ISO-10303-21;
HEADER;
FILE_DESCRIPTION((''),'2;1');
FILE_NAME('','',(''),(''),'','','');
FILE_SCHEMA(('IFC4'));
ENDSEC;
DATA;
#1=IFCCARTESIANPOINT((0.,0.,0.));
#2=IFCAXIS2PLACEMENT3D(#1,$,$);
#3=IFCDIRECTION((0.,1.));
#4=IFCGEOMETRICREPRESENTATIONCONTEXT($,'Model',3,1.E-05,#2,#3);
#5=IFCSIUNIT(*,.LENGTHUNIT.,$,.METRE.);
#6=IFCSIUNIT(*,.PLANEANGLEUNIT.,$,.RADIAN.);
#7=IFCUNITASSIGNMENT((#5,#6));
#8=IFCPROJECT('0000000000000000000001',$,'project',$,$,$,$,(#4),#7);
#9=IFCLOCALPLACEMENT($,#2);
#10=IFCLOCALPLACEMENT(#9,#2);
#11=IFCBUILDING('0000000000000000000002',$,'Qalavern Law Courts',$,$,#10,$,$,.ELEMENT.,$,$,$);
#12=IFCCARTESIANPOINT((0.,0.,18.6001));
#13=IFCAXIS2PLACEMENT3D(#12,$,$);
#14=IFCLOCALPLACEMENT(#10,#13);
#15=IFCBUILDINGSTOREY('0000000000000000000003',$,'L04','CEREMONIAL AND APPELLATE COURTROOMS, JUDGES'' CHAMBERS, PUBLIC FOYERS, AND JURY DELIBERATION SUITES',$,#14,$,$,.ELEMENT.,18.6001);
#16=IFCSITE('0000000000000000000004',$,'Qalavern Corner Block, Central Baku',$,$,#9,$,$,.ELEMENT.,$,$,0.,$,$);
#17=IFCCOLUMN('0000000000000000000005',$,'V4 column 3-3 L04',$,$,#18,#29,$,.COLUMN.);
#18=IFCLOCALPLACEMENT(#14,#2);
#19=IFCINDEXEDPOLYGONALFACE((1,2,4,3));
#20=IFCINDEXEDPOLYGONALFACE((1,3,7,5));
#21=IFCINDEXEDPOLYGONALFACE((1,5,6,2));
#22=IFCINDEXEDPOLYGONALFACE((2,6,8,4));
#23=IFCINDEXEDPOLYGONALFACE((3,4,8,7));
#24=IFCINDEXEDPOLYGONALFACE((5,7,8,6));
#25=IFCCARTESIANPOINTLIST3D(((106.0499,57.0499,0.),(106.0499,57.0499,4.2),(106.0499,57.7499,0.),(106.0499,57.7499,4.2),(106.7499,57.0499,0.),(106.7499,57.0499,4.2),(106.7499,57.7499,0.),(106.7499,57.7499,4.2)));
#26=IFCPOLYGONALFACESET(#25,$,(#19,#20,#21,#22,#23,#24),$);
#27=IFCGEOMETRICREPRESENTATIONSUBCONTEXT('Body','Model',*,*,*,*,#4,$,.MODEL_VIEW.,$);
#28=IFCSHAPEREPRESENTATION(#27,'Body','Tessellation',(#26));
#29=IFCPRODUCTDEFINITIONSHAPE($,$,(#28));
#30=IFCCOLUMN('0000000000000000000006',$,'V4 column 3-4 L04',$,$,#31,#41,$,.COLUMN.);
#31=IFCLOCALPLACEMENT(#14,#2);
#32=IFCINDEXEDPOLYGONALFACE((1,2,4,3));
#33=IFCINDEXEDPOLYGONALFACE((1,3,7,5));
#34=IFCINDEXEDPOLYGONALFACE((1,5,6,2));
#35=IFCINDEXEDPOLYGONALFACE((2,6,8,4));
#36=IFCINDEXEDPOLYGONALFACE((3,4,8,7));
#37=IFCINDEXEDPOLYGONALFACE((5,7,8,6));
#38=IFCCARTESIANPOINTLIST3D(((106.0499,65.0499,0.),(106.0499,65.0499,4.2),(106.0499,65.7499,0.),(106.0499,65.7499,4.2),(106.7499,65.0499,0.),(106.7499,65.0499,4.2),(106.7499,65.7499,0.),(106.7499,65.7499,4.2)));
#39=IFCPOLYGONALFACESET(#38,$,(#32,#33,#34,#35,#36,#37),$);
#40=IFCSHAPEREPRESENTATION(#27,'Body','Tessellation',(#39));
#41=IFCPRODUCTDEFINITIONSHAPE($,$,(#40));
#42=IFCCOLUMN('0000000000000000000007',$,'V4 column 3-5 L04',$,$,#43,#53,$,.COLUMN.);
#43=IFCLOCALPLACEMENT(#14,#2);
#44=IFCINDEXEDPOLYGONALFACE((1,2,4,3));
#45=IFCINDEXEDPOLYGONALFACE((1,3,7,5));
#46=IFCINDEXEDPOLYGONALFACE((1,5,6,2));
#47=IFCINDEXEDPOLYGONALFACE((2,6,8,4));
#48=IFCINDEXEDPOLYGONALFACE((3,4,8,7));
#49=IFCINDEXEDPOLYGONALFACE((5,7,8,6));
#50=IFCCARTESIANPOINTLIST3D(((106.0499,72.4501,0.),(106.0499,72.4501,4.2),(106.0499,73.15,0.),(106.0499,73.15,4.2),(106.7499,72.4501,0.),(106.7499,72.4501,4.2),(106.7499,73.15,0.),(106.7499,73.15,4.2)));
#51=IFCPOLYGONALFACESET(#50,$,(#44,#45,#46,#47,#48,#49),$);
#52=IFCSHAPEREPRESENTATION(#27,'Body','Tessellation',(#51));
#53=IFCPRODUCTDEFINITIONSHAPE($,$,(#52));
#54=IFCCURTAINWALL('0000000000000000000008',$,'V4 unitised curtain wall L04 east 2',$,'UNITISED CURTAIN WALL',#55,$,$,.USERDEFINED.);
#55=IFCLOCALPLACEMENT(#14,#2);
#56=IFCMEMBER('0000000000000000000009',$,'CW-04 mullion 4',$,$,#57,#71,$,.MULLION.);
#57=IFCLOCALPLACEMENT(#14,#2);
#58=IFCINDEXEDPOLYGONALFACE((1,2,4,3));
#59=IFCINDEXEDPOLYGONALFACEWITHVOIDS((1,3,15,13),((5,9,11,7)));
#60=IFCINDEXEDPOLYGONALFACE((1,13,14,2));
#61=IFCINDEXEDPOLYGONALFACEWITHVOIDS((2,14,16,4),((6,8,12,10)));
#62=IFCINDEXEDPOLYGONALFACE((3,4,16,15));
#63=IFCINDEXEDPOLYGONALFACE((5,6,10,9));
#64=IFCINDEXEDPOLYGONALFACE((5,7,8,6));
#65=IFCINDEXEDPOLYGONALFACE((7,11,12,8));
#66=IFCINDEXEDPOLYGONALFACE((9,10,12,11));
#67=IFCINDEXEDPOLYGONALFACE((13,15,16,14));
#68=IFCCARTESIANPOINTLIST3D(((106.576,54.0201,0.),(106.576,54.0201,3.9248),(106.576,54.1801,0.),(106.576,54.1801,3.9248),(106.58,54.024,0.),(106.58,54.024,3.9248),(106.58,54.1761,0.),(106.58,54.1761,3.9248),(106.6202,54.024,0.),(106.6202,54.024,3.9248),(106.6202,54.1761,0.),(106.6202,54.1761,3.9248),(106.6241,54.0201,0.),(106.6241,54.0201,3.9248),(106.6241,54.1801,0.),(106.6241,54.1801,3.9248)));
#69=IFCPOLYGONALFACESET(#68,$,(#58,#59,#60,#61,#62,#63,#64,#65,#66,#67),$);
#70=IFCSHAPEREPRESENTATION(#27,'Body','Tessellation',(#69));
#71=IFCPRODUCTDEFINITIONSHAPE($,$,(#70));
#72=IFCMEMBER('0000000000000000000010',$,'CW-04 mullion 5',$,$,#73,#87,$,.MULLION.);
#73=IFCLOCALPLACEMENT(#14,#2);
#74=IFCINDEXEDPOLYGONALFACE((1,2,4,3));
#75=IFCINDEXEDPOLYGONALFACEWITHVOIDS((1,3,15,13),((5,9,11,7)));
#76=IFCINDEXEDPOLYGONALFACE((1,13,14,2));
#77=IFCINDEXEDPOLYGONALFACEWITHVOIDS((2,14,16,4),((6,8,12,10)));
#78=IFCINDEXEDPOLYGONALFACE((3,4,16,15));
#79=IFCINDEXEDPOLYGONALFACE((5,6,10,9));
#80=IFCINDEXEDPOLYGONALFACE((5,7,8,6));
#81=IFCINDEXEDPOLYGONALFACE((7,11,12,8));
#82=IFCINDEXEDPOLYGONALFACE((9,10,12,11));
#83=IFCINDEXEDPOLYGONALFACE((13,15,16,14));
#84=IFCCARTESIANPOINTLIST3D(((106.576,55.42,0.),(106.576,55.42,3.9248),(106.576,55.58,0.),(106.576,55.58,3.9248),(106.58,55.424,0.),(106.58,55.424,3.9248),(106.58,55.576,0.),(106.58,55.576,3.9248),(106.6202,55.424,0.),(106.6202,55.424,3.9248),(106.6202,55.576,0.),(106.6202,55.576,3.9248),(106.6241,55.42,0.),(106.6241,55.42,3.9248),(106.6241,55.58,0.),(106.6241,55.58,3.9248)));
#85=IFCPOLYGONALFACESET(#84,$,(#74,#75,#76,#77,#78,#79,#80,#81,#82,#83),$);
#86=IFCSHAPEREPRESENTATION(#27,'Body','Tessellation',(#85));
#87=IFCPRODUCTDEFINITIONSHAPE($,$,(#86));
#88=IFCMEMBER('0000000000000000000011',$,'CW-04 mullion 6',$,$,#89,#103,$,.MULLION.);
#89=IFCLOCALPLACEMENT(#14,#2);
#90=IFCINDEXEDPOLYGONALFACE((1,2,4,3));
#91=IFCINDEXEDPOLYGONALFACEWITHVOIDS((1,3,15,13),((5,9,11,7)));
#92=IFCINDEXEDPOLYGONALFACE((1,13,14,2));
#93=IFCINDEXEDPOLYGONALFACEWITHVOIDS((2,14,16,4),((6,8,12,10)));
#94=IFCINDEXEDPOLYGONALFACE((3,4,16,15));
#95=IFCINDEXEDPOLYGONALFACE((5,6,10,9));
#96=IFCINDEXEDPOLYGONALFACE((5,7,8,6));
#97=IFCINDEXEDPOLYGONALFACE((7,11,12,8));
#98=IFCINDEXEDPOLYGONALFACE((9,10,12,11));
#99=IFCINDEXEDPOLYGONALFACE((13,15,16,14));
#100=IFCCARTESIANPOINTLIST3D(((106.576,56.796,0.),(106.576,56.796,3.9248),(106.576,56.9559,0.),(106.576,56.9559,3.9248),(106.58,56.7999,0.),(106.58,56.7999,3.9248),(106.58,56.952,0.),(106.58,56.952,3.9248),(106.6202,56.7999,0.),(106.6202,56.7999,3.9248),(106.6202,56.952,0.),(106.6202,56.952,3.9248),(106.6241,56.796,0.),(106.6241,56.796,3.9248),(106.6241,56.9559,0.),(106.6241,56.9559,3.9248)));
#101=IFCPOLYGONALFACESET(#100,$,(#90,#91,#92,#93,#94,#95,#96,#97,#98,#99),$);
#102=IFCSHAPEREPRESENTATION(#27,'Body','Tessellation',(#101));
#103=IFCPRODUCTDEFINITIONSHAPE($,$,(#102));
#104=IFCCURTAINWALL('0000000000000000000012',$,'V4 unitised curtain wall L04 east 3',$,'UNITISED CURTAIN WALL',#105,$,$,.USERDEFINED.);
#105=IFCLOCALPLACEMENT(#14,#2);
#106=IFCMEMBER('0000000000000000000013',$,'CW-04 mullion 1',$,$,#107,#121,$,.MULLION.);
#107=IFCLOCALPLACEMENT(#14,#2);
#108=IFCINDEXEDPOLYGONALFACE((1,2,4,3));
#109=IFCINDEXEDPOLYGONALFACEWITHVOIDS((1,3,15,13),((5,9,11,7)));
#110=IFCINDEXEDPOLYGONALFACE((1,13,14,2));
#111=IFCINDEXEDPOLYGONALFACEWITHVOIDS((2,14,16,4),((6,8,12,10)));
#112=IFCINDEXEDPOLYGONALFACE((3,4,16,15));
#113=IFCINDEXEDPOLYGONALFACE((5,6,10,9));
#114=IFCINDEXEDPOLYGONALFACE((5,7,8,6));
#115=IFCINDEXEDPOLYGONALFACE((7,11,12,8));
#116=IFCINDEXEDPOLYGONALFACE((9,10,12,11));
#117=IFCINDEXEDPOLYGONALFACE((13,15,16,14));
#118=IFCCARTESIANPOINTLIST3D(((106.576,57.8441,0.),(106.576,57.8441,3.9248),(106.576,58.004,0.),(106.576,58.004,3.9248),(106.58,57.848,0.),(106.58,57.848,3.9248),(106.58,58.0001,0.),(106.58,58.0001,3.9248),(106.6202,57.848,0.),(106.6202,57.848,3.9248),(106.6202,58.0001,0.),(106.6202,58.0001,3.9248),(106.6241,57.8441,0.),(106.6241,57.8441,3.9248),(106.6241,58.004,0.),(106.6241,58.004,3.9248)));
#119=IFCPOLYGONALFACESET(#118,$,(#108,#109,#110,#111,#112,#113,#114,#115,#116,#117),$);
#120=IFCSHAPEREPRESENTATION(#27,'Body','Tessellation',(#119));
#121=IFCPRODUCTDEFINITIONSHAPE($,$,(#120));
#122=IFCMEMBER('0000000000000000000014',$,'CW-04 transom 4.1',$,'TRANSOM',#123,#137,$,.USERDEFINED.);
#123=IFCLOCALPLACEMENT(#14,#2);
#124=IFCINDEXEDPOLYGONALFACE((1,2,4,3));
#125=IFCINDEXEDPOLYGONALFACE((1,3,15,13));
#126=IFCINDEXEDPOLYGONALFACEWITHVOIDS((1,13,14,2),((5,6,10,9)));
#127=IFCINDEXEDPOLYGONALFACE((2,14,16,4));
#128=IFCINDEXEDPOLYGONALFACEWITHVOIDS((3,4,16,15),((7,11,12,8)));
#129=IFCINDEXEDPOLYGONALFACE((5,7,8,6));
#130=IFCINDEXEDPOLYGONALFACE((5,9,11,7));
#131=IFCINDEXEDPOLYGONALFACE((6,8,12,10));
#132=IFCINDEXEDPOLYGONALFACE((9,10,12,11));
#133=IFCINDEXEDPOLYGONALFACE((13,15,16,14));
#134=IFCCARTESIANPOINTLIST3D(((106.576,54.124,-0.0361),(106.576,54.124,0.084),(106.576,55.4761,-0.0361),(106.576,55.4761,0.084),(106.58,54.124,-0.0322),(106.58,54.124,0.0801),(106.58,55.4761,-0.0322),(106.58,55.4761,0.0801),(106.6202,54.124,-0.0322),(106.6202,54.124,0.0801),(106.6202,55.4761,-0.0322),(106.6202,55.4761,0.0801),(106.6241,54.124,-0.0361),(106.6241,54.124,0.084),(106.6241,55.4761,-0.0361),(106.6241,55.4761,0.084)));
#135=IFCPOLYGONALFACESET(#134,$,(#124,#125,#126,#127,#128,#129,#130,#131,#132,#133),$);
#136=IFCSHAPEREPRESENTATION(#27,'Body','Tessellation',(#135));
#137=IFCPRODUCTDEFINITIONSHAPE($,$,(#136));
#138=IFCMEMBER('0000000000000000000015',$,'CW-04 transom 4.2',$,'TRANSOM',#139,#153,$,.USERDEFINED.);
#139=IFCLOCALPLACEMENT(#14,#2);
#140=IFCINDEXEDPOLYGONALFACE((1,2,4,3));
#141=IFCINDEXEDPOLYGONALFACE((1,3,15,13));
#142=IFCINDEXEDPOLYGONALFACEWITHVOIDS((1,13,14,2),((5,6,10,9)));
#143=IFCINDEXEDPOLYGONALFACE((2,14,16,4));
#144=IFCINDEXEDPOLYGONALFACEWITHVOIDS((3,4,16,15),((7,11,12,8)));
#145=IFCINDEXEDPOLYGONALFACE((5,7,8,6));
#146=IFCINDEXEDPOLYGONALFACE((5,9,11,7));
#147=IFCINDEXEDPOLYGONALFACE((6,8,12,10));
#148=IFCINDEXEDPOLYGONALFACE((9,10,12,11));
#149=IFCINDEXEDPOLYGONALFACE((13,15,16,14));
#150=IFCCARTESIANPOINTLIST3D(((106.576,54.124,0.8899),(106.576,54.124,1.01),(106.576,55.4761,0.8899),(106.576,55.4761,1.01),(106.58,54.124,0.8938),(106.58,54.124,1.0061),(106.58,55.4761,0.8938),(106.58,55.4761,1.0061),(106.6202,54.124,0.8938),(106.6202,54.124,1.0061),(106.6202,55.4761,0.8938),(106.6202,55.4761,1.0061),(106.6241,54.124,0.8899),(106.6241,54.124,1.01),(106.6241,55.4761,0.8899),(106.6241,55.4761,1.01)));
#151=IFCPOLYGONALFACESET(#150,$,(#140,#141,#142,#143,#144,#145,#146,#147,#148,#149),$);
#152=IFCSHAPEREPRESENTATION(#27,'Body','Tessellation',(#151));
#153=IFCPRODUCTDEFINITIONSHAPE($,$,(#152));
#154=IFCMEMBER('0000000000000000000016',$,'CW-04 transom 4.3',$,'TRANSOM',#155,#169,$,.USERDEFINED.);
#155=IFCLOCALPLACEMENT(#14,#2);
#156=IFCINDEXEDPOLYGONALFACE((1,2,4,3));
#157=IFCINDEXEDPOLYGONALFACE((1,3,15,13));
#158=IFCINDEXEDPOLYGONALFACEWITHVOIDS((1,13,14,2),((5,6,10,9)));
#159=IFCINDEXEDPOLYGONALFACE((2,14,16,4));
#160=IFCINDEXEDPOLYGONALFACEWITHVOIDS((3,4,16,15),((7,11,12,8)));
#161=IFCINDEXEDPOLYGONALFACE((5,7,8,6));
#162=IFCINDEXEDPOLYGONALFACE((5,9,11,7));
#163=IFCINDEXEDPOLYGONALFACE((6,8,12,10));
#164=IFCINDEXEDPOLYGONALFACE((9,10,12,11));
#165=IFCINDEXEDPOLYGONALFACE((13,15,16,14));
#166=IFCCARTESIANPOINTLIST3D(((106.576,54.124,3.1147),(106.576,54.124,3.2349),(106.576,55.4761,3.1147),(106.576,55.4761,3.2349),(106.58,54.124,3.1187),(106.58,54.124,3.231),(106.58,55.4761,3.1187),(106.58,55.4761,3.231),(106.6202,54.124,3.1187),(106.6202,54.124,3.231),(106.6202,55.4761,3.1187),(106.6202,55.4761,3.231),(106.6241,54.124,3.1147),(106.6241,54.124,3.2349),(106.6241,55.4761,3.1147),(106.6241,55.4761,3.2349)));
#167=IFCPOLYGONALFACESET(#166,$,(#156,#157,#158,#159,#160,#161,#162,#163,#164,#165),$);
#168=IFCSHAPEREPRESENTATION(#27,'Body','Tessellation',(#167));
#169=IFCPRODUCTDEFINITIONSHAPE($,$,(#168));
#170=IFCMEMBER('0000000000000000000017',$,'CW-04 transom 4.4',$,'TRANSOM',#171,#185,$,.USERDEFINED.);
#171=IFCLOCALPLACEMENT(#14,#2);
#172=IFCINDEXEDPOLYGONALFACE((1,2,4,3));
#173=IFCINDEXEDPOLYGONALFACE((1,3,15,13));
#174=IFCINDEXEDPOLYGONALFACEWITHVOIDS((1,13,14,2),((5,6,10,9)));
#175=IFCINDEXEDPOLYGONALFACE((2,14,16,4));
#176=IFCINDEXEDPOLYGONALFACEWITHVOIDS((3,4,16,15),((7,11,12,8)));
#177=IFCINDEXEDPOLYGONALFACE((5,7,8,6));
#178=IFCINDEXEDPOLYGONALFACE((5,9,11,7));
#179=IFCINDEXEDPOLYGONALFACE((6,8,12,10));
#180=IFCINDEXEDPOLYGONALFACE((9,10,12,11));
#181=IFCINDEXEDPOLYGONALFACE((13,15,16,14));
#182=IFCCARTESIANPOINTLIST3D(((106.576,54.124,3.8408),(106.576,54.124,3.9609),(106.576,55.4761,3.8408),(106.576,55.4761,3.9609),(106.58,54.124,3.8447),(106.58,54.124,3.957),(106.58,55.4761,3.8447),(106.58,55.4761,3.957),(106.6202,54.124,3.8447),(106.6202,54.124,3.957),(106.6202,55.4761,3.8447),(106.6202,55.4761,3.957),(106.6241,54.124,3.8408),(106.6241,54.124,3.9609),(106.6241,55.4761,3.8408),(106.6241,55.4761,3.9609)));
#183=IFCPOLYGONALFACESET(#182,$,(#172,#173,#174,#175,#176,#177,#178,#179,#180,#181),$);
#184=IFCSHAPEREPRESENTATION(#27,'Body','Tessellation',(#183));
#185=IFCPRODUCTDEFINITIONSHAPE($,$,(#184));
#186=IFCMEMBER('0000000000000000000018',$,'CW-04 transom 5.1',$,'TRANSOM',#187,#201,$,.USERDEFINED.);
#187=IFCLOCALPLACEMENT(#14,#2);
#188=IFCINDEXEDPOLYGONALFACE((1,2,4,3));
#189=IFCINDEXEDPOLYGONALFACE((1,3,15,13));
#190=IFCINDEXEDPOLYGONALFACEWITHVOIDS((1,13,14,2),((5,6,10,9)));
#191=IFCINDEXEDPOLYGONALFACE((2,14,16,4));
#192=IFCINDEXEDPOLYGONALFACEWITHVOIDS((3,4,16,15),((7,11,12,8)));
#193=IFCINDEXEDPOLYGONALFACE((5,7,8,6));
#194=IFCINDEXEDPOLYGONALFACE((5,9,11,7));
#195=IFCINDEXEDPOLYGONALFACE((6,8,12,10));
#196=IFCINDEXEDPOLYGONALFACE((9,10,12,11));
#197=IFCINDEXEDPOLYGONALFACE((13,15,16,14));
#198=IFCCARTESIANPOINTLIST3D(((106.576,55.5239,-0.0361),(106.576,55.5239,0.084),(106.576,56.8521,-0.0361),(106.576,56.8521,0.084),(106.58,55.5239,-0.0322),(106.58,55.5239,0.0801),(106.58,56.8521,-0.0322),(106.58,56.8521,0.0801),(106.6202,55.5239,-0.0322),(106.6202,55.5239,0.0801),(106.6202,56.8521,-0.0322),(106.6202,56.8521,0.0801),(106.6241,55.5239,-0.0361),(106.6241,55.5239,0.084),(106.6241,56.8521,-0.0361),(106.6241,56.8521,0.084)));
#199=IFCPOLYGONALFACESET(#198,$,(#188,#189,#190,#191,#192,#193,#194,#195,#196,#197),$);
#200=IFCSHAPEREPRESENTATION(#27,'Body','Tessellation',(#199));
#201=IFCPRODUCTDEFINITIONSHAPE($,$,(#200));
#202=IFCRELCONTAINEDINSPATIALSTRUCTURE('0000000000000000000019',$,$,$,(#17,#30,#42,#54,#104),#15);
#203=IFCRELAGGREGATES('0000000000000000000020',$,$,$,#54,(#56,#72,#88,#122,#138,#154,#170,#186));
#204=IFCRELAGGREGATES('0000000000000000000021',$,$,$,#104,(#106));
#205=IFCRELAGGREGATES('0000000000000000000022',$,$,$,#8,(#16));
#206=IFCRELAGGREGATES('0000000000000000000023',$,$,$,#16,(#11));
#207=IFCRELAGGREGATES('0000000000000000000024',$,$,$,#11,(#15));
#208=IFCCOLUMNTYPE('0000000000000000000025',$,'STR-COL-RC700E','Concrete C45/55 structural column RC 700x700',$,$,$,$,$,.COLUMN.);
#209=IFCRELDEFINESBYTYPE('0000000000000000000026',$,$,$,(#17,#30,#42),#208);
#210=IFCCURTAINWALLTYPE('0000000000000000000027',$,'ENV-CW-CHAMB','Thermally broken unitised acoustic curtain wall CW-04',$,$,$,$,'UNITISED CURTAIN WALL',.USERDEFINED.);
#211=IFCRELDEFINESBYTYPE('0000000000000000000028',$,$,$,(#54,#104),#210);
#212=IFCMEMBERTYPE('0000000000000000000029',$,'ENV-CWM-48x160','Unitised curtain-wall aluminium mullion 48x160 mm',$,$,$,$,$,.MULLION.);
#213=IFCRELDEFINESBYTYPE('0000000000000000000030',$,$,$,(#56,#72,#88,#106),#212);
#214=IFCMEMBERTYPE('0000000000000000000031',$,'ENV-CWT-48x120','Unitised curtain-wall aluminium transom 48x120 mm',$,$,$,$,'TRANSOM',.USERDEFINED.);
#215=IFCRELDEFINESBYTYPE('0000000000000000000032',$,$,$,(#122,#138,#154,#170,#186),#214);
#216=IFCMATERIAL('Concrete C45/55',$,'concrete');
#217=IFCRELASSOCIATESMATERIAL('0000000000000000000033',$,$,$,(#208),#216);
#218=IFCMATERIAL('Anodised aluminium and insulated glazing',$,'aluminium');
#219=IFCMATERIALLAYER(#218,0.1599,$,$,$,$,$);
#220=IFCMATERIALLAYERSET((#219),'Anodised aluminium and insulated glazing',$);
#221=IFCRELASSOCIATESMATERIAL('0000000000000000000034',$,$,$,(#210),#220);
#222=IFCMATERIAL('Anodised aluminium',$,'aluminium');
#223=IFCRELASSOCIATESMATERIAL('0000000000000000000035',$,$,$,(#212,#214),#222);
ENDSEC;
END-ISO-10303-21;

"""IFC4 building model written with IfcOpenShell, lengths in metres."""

from ifc_helpers import new_model, si_unit, direction, frame, origin, origin_2d, place, context, subcontext, project, spatial, rectangle, hollow_rectangle, extrude, material, layer, layer_set, material_profile, profile_set, type_object, element, aggregate, save


model = new_model("IFC4")

# Units and contexts
model_context = context("Model", 3, precision=1e-05, world=origin(), true_north=direction((0.0, 1.0)))
body_context = subcontext(model_context, "Body", "Model", "MODEL_VIEW")
ifc_project = project(units=[si_unit("LENGTHUNIT", "METRE"), si_unit("PLANEANGLEUNIT", "RADIAN")], contexts=[model_context])

# Site, building, storey
site_placement = place(None, origin())
site = spatial("IfcSite", under=ifc_project, at=site_placement, Name="Qalavern Corner Block, Central Baku", CompositionType="ELEMENT", RefElevation=0.0)
building_placement = place(site_placement, origin())
building = spatial("IfcBuilding", under=site, at=building_placement, Name="Qalavern Law Courts", CompositionType="ELEMENT")
storey_placement = place(building_placement, frame((0.0, 0.0, 18.6001)))
storey = spatial("IfcBuildingStorey", under=building, at=storey_placement, Name="L04", Description="CEREMONIAL AND APPELLATE COURTROOMS, JUDGES' CHAMBERS, PUBLIC FOYERS, AND JURY DELIBERATION SUITES", CompositionType="ELEMENT", Elevation=18.6001)

# Columns
ifc_material_1 = material(Name="Concrete C45/55", Category="concrete")
ifc_material_profile_1 = material_profile(ifc_material_1, rectangle(XDim=0.7, YDim=0.7, at=origin_2d()), Name="RC 700x700")
ifc_profile_set_1 = profile_set([ifc_material_profile_1], Name="Concrete C45/55")
column_type = type_object("IfcColumnType", Name="STR-COL-RC700E", Description="Concrete C45/55 structural column RC 700x700", PredefinedType="COLUMN", material=ifc_profile_set_1)
for number, where, z_axis, x_axis, name in (
    (1, (106.3999, 57.3999, 0.0), (0.0, 0.0, 1.0), (1.0, 0.0, 0.0), "V4 column 3-3 L04"),
    (2, (106.3999, 65.3999, 0.0), (0.0, 0.0, 1.0), (1.0, 0.0, 0.0), "V4 column 3-4 L04"),
    (3, (106.3999, 72.8, 0.0), (0.0, 0.0, 1.0), (1.0, 0.0, 0.0), "V4 column 3-5 L04"),
):
    element("IfcColumn", number, at=place(storey_placement, frame(where, z_axis=z_axis, x_axis=x_axis)), inside=storey, type_object=column_type, Name=name, PredefinedType="COLUMN", context=body_context, shape_type="SweptSolid", body=[
        extrude(rectangle(XDim=0.7, YDim=0.7, at=origin_2d()), origin(), (0.0, 0.0, 1.0), 4.2),
    ])

# Curtain wall, members
ifc_material_2 = material(Name="Anodised aluminium and insulated glazing", Category="aluminium")
ifc_layer_1 = layer(ifc_material_2, 0.1599)
ifc_layer_set_1 = layer_set([ifc_layer_1], Name="Anodised aluminium and insulated glazing")
curtain_wall_type = type_object("IfcCurtainWallType", Name="ENV-CW-CHAMB", Description="Thermally broken unitised acoustic curtain wall CW-04", ElementType="UNITISED CURTAIN WALL", PredefinedType="USERDEFINED", material=ifc_layer_set_1)
curtain_wall_1_placement = place(storey_placement, origin())
curtain_wall_1 = element("IfcCurtainWall", 4, at=curtain_wall_1_placement, inside=storey, type_object=curtain_wall_type, Name="V4 unitised curtain wall L04 east 2", ObjectType="UNITISED CURTAIN WALL", PredefinedType="USERDEFINED")
ifc_material_3 = material(Name="Anodised aluminium", Category="aluminium")
ifc_material_profile_2 = material_profile(ifc_material_3, hollow_rectangle(XDim=0.0481, YDim=0.1599, WallThickness=0.0039, at=origin_2d()), Name="ALU MULLION 48x160")
ifc_profile_set_2 = profile_set([ifc_material_profile_2], Name="Anodised aluminium")
member_type_1 = type_object("IfcMemberType", Name="ENV-CWM-48x160", Description="Unitised curtain-wall aluminium mullion 48x160 mm", PredefinedType="MULLION", material=ifc_profile_set_2)
member_1_placement = place(storey_placement, frame((106.6001, 54.1001, 0.0), z_axis=(0.0, 0.0, 1.0), x_axis=(-1.0, 0.0, 0.0)))
member_1 = element("IfcMember", 5, at=member_1_placement, type_object=member_type_1, Name="CW-04 mullion 4", PredefinedType="MULLION", context=body_context, shape_type="SweptSolid", body=[
    extrude(hollow_rectangle(XDim=0.0481, YDim=0.1599, WallThickness=0.0039, at=origin_2d()), origin(), (0.0, 0.0, 1.0), 3.9248),
])
member_2_placement = place(storey_placement, frame((106.6001, 55.5, 0.0), z_axis=(0.0, 0.0, 1.0), x_axis=(-1.0, 0.0, 0.0)))
member_2 = element("IfcMember", 6, at=member_2_placement, type_object=member_type_1, Name="CW-04 mullion 5", PredefinedType="MULLION", context=body_context, shape_type="SweptSolid", body=[
    extrude(hollow_rectangle(XDim=0.0481, YDim=0.1599, WallThickness=0.0039, at=origin_2d()), origin(), (0.0, 0.0, 1.0), 3.9248),
])
member_3_placement = place(storey_placement, frame((106.6001, 56.876, 0.0), z_axis=(0.0, 0.0, 1.0), x_axis=(-1.0, 0.0, 0.0)))
member_3 = element("IfcMember", 7, at=member_3_placement, type_object=member_type_1, Name="CW-04 mullion 6", PredefinedType="MULLION", context=body_context, shape_type="SweptSolid", body=[
    extrude(hollow_rectangle(XDim=0.0481, YDim=0.1599, WallThickness=0.0039, at=origin_2d()), origin(), (0.0, 0.0, 1.0), 3.9248),
])

# Curtain wall, member
curtain_wall_2_placement = place(storey_placement, origin())
curtain_wall_2 = element("IfcCurtainWall", 8, at=curtain_wall_2_placement, inside=storey, type_object=curtain_wall_type, Name="V4 unitised curtain wall L04 east 3", ObjectType="UNITISED CURTAIN WALL", PredefinedType="USERDEFINED")
member_4_placement = place(storey_placement, frame((106.6001, 57.9241, 0.0), z_axis=(0.0, 0.0, 1.0), x_axis=(-1.0, 0.0, 0.0)))
member_4 = element("IfcMember", 9, at=member_4_placement, type_object=member_type_1, Name="CW-04 mullion 1", PredefinedType="MULLION", context=body_context, shape_type="SweptSolid", body=[
    extrude(hollow_rectangle(XDim=0.0481, YDim=0.1599, WallThickness=0.0039, at=origin_2d()), origin(), (0.0, 0.0, 1.0), 3.9248),
])

# Members
ifc_material_profile_3 = material_profile(ifc_material_3, hollow_rectangle(XDim=0.0481, YDim=0.1201, WallThickness=0.0039, at=origin_2d()), Name="ALU TRANSOM 48x120")
ifc_profile_set_3 = profile_set([ifc_material_profile_3], Name="Anodised aluminium")
member_type_2 = type_object("IfcMemberType", Name="ENV-CWT-48x120", Description="Unitised curtain-wall aluminium transom 48x120 mm", ElementType="TRANSOM", PredefinedType="USERDEFINED", material=ifc_profile_set_3)
member_5_placement = place(storey_placement, frame((106.6001, 54.124, 0.0239), z_axis=(0.0, 1.0, 0.0), x_axis=(-1.0, 0.0, 0.0)))
member_5 = element("IfcMember", 10, at=member_5_placement, type_object=member_type_2, Name="CW-04 transom 4.1", ObjectType="TRANSOM", PredefinedType="USERDEFINED", context=body_context, shape_type="SweptSolid", body=[
    extrude(hollow_rectangle(XDim=0.0481, YDim=0.1201, WallThickness=0.0039, at=origin_2d()), origin(), (0.0, 0.0, 1.0), 1.3521),
])
member_6_placement = place(storey_placement, frame((106.6001, 54.124, 0.95), z_axis=(0.0, 1.0, 0.0), x_axis=(-1.0, 0.0, 0.0)))
member_6 = element("IfcMember", 11, at=member_6_placement, type_object=member_type_2, Name="CW-04 transom 4.2", ObjectType="TRANSOM", PredefinedType="USERDEFINED", context=body_context, shape_type="SweptSolid", body=[
    extrude(hollow_rectangle(XDim=0.0481, YDim=0.1201, WallThickness=0.0039, at=origin_2d()), origin(), (0.0, 0.0, 1.0), 1.3521),
])
member_7_placement = place(storey_placement, frame((106.6001, 54.124, 3.1748), z_axis=(0.0, 1.0, 0.0), x_axis=(-1.0, 0.0, 0.0)))
member_7 = element("IfcMember", 12, at=member_7_placement, type_object=member_type_2, Name="CW-04 transom 4.3", ObjectType="TRANSOM", PredefinedType="USERDEFINED", context=body_context, shape_type="SweptSolid", body=[
    extrude(hollow_rectangle(XDim=0.0481, YDim=0.1201, WallThickness=0.0039, at=origin_2d()), origin(), (0.0, 0.0, 1.0), 1.3521),
])
member_8_placement = place(storey_placement, frame((106.6001, 54.124, 3.9009), z_axis=(0.0, 1.0, 0.0), x_axis=(-1.0, 0.0, 0.0)))
member_8 = element("IfcMember", 13, at=member_8_placement, type_object=member_type_2, Name="CW-04 transom 4.4", ObjectType="TRANSOM", PredefinedType="USERDEFINED", context=body_context, shape_type="SweptSolid", body=[
    extrude(hollow_rectangle(XDim=0.0481, YDim=0.1201, WallThickness=0.0039, at=origin_2d()), origin(), (0.0, 0.0, 1.0), 1.3521),
])
member_9_placement = place(storey_placement, frame((106.6001, 55.5239, 0.0239), z_axis=(0.0, 1.0, 0.0), x_axis=(-1.0, 0.0, 0.0)))
member_9 = element("IfcMember", 14, at=member_9_placement, type_object=member_type_2, Name="CW-04 transom 5.1", ObjectType="TRANSOM", PredefinedType="USERDEFINED", context=body_context, shape_type="SweptSolid", body=[
    extrude(hollow_rectangle(XDim=0.0481, YDim=0.1201, WallThickness=0.0039, at=origin_2d()), origin(), (0.0, 0.0, 1.0), 1.3281),
])

aggregate(curtain_wall_1, [member_1, member_2, member_3, member_5, member_6, member_7, member_8, member_9])
aggregate(curtain_wall_2, [member_4])

save(model, "model.ifc")
